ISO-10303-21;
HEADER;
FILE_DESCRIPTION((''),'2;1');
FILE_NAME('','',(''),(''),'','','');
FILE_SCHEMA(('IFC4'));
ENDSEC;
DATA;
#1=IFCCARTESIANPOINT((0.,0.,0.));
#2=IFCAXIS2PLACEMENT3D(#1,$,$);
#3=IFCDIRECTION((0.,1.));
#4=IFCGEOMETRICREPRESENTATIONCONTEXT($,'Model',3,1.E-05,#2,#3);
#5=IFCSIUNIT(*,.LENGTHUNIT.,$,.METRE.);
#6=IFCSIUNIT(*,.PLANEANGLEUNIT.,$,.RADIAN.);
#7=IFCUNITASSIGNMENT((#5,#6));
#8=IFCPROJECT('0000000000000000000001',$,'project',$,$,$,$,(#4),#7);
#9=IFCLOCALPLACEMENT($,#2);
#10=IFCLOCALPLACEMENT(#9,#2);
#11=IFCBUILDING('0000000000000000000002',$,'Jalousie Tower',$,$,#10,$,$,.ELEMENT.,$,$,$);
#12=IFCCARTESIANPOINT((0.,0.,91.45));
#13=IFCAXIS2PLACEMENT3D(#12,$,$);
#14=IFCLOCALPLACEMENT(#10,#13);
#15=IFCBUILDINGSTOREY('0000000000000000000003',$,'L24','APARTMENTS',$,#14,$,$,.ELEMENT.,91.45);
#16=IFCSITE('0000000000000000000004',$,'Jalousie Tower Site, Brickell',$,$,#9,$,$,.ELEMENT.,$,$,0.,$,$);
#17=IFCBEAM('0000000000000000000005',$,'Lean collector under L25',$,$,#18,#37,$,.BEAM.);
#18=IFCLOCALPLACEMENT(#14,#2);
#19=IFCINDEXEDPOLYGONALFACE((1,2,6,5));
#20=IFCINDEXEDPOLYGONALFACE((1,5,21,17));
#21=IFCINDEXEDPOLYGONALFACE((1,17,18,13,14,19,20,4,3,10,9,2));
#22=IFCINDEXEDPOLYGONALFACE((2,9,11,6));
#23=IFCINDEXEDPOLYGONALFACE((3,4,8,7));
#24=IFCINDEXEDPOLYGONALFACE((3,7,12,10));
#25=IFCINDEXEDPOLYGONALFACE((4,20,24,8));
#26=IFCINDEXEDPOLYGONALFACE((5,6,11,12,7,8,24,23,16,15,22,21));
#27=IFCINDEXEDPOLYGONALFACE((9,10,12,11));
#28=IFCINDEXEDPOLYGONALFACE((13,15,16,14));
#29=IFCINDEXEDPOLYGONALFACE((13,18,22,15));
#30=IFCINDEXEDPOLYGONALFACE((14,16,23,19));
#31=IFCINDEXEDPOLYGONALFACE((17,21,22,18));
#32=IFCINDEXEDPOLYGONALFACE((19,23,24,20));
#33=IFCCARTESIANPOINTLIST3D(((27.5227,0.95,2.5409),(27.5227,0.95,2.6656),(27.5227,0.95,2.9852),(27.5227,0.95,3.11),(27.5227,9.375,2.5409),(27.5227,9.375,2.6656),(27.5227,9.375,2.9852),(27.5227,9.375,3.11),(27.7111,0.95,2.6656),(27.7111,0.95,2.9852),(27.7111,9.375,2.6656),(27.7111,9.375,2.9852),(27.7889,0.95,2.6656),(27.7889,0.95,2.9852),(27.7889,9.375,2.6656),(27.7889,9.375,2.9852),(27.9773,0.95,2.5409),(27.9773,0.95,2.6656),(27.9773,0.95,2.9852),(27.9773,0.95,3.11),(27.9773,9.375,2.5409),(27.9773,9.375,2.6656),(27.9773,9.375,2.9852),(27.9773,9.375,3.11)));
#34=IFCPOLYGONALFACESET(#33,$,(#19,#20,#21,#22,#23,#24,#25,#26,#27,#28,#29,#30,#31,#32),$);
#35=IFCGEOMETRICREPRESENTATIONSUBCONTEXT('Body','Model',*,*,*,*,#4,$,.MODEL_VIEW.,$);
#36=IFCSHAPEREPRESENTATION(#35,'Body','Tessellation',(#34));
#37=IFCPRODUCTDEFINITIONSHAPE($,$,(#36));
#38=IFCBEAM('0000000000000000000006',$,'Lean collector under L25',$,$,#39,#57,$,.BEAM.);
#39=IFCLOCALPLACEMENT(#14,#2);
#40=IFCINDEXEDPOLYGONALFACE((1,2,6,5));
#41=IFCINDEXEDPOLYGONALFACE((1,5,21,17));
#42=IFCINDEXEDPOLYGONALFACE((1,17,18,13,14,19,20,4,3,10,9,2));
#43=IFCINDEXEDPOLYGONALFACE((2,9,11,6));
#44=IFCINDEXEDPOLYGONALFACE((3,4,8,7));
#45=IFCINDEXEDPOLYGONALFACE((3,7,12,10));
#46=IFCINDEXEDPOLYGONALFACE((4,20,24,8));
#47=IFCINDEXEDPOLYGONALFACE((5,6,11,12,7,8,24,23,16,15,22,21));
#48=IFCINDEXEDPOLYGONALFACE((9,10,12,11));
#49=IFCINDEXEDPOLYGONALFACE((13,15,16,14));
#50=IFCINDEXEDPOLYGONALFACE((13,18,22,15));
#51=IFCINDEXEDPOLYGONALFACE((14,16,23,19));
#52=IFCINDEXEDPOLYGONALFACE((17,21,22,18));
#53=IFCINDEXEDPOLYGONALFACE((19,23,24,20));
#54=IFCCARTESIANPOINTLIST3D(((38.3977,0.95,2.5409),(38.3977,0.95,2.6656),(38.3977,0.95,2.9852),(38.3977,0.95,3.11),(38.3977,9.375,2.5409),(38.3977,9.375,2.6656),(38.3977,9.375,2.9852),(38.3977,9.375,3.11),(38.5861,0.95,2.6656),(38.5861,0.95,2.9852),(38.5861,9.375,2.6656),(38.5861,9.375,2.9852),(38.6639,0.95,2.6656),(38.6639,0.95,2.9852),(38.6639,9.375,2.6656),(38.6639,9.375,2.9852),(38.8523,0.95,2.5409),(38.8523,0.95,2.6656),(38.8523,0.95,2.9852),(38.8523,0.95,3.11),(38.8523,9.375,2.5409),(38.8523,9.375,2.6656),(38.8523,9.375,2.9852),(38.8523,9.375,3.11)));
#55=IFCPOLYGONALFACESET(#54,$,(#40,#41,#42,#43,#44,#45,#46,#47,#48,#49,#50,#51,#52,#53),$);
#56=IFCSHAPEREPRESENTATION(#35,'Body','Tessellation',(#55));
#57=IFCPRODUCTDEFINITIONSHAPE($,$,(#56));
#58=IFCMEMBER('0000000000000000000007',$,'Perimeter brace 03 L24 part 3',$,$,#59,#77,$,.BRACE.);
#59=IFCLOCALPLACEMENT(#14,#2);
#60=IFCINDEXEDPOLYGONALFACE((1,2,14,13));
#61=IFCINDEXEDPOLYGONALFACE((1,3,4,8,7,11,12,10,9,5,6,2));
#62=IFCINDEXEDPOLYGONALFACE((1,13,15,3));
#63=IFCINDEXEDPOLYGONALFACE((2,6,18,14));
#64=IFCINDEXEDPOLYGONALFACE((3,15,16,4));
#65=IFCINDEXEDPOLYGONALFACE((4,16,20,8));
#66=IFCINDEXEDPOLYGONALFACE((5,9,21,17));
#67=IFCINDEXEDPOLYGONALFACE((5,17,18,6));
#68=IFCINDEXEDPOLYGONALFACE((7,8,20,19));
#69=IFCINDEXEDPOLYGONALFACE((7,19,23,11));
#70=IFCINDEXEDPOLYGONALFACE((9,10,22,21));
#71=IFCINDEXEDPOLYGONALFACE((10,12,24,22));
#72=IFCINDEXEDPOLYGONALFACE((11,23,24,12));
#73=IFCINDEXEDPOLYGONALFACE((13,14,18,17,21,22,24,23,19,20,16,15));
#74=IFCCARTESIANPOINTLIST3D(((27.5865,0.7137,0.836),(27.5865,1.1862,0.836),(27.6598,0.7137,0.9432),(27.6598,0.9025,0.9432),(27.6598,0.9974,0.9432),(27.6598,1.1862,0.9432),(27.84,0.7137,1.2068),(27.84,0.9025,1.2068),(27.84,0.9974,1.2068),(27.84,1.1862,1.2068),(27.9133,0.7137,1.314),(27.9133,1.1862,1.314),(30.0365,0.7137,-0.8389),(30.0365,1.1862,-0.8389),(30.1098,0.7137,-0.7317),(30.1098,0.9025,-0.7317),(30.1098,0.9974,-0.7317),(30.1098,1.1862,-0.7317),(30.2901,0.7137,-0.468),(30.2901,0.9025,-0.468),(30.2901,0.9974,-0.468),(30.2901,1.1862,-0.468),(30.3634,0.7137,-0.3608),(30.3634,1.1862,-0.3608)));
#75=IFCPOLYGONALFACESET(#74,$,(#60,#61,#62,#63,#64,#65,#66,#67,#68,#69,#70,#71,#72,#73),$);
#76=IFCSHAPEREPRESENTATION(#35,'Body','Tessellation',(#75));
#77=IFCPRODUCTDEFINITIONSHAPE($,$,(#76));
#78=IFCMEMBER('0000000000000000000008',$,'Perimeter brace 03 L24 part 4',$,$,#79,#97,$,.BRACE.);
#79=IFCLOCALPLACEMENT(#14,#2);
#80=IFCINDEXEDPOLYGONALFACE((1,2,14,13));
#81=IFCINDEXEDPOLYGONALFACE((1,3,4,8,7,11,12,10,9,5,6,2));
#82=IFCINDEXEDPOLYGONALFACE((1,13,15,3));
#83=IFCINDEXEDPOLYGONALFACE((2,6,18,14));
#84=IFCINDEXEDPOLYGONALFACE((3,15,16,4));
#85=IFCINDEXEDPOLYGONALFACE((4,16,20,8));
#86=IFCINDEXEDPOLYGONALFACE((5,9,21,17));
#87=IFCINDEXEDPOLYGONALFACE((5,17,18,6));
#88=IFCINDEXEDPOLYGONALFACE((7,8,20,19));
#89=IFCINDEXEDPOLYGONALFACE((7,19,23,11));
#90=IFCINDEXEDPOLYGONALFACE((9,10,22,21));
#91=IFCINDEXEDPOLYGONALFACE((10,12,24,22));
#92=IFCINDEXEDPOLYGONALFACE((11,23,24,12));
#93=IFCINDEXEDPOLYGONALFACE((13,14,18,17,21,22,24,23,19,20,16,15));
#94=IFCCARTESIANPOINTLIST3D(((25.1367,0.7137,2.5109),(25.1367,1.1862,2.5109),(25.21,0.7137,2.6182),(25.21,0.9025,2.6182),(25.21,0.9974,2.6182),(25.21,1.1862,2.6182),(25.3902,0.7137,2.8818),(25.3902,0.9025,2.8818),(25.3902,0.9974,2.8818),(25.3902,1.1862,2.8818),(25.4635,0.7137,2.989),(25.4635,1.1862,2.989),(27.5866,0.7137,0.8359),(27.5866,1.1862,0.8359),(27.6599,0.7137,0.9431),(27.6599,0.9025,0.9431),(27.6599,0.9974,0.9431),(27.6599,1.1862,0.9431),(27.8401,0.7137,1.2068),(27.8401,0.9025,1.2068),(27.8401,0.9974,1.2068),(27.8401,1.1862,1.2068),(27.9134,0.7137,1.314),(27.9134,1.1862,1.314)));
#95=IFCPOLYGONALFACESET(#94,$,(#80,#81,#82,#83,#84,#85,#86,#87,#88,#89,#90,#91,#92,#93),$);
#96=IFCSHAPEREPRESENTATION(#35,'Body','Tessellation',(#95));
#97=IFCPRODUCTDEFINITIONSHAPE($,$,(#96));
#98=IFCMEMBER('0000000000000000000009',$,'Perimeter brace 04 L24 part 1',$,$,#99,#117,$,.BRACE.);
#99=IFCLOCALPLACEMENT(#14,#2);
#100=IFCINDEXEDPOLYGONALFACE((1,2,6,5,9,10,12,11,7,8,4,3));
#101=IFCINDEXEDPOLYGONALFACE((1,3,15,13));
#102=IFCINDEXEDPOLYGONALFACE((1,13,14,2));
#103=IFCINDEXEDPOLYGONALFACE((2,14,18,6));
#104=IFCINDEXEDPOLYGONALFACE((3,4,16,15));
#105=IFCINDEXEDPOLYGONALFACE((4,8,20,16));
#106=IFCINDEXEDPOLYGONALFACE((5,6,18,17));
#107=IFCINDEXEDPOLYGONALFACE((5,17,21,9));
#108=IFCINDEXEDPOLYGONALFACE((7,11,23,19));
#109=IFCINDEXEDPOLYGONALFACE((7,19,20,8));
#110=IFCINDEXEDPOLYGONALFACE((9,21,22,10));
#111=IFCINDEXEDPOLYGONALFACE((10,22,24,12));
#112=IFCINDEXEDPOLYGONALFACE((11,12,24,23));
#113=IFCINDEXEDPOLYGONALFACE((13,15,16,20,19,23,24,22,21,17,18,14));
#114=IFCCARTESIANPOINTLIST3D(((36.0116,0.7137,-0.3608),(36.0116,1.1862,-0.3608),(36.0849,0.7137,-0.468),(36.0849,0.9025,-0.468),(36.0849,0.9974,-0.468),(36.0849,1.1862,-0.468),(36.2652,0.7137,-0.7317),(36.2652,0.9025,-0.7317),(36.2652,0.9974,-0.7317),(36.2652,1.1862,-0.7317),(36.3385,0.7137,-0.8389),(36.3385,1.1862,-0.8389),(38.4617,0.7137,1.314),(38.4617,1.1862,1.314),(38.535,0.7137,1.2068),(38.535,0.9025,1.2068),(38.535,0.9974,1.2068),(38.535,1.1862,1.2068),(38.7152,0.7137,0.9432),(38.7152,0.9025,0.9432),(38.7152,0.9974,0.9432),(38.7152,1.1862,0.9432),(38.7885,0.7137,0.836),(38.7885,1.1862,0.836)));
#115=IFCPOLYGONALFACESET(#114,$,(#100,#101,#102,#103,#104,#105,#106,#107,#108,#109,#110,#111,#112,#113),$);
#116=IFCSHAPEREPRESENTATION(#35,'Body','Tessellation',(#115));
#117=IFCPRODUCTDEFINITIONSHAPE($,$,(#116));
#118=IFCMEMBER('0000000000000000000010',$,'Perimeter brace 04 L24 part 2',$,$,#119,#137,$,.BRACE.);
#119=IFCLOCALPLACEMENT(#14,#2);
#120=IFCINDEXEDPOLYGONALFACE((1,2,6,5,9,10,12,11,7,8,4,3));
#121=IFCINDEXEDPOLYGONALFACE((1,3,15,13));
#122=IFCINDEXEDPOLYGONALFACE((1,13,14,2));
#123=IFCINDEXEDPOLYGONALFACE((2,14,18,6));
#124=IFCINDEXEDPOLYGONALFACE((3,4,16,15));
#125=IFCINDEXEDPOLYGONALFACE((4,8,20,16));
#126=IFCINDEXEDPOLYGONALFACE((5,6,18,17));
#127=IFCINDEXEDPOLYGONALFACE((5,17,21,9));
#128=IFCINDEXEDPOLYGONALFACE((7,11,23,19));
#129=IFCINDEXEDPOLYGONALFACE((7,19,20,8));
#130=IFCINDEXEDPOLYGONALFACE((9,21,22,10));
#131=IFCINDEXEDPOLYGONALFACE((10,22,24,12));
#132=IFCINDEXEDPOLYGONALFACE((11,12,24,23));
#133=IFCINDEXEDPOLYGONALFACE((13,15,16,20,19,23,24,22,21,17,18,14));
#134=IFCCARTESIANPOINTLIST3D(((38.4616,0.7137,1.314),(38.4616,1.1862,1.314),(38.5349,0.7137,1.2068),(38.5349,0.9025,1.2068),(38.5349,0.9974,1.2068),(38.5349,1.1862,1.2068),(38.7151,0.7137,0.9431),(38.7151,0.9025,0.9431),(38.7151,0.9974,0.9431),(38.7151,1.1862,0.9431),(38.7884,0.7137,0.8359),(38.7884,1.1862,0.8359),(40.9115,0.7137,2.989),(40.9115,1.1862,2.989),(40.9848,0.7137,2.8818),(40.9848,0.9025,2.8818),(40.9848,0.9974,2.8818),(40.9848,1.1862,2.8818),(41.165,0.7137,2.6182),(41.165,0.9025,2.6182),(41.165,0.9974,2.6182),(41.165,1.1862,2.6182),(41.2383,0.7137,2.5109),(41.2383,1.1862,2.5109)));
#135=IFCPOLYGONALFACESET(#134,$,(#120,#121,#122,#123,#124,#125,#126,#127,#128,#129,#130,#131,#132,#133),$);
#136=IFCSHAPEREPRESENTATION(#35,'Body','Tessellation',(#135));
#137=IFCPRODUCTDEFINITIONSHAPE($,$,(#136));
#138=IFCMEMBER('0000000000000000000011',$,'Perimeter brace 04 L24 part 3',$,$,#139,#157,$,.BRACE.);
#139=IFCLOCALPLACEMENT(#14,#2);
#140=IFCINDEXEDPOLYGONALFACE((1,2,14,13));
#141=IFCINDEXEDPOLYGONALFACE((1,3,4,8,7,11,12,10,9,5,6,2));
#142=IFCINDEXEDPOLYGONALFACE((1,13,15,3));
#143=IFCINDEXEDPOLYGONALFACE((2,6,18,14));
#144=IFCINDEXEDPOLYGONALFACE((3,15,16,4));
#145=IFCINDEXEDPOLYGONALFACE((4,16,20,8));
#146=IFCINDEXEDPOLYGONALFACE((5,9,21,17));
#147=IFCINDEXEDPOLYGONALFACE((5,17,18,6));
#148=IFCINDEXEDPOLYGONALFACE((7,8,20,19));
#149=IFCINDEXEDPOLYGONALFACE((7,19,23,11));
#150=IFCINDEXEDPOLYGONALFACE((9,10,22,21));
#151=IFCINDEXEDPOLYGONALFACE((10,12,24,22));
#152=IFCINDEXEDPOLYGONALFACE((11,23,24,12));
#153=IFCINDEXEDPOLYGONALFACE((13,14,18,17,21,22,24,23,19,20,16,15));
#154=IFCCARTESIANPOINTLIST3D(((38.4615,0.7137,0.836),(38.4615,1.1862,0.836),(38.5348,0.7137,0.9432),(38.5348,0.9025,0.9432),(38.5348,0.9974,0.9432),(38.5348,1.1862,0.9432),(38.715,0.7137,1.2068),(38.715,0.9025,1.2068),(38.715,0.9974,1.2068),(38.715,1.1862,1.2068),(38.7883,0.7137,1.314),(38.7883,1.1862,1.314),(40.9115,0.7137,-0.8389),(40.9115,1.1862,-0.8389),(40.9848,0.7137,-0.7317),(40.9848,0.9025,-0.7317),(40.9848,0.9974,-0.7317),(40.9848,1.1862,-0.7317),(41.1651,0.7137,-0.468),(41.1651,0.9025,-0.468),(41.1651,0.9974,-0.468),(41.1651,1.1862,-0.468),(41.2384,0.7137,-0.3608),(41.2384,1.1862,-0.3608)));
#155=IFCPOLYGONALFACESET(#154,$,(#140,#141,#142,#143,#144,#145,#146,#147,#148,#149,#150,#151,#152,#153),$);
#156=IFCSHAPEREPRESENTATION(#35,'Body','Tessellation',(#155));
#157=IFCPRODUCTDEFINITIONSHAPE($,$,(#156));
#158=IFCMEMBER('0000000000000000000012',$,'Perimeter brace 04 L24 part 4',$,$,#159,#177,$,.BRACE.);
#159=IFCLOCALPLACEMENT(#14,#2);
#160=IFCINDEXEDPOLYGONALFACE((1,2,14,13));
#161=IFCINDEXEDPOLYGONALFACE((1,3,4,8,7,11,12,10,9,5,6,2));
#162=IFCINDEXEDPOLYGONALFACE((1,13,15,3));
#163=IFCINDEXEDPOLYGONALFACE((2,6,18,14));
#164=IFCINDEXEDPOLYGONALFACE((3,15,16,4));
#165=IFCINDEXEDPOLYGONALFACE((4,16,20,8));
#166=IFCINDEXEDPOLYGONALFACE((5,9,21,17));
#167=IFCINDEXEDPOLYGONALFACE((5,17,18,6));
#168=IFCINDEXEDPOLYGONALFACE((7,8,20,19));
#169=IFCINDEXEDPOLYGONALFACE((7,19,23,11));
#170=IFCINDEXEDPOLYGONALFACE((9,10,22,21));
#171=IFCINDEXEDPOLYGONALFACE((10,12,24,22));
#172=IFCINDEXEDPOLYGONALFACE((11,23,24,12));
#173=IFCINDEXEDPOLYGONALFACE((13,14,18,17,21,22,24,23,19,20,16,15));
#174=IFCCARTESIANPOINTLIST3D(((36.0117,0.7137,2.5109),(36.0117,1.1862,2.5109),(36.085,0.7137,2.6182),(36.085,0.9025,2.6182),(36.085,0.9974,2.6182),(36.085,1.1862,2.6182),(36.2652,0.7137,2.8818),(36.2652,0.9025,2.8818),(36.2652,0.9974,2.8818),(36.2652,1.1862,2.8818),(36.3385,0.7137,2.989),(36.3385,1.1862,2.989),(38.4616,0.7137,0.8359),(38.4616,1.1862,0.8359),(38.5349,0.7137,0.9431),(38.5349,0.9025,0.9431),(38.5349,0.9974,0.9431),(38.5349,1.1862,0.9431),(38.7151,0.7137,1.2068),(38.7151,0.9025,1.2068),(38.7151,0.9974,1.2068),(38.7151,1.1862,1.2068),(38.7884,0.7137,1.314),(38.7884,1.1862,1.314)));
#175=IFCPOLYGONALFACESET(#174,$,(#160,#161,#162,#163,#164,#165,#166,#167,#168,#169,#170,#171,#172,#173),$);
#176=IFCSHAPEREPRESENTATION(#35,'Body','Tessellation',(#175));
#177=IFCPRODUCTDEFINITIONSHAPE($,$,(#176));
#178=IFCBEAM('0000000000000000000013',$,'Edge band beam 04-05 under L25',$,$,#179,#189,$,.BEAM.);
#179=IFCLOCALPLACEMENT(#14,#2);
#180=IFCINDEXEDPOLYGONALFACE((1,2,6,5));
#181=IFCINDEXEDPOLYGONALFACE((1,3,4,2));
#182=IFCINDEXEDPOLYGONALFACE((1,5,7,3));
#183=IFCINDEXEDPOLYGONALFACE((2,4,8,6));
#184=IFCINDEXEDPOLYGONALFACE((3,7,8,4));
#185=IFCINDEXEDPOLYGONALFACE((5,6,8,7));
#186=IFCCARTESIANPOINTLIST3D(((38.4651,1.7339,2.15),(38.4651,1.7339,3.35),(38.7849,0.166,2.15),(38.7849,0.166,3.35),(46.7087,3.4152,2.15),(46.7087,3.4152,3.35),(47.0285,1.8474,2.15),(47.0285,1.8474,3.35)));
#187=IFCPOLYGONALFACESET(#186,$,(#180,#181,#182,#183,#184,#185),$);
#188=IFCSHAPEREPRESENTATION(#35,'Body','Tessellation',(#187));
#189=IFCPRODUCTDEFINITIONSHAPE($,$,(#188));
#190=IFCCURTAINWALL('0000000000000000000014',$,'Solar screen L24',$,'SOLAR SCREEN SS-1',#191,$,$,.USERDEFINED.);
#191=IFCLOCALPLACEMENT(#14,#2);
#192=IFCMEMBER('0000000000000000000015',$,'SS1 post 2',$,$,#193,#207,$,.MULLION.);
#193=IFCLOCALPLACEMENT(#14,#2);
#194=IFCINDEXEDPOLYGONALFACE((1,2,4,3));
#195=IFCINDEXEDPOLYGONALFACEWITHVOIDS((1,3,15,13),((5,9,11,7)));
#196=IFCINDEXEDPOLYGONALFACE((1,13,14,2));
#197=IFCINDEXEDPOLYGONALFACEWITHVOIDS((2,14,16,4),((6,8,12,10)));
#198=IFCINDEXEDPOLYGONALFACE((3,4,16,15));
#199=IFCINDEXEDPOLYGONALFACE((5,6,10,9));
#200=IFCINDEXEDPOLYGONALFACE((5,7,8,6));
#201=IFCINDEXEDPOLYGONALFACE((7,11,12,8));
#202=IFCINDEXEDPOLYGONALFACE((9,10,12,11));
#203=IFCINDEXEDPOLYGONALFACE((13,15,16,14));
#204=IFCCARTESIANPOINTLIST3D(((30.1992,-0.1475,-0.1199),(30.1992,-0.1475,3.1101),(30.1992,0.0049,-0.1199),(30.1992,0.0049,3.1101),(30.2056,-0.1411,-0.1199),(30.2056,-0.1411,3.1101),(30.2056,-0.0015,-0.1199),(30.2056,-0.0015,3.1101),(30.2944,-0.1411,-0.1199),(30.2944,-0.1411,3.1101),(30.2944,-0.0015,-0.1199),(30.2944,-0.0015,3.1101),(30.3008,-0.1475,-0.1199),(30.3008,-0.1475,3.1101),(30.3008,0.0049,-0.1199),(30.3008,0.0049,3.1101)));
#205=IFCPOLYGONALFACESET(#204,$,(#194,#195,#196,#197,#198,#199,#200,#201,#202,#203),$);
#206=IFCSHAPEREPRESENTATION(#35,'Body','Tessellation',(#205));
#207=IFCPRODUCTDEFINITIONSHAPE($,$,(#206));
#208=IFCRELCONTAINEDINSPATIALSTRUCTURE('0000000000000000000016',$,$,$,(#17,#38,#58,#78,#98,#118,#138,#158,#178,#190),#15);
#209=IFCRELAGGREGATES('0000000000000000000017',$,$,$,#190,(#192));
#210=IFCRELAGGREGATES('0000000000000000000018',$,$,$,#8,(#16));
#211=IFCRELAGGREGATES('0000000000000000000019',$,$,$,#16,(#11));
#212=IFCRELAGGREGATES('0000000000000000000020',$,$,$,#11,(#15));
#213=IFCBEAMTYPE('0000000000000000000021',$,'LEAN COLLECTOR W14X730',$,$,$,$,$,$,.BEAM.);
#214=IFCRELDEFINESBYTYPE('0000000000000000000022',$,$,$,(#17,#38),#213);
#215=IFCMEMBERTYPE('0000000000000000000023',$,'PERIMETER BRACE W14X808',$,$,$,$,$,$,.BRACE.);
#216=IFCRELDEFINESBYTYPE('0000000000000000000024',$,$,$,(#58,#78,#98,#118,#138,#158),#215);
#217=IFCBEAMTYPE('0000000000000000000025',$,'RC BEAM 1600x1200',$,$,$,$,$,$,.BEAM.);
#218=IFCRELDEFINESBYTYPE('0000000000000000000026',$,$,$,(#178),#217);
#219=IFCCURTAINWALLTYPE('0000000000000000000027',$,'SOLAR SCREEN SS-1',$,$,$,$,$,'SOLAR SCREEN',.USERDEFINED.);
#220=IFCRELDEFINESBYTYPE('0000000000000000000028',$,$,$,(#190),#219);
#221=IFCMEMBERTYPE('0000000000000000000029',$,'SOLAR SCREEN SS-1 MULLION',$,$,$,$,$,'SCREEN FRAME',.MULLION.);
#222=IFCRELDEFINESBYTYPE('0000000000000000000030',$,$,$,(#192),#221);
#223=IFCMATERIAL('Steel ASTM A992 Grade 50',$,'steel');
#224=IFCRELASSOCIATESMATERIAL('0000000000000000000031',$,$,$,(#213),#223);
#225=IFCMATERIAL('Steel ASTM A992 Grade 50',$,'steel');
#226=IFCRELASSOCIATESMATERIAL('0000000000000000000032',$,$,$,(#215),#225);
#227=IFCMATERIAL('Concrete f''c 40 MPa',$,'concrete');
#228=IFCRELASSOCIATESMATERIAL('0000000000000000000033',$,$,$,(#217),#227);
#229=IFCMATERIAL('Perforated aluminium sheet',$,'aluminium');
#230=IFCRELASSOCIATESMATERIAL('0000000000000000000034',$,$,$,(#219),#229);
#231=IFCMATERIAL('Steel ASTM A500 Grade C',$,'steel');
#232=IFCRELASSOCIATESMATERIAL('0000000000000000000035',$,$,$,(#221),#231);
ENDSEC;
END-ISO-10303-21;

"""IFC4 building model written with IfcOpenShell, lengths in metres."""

from ifc_helpers import new_model, si_unit, direction, frame, origin, origin_2d, place, context, subcontext, project, spatial, rectangle, hollow_rectangle, i_section, extrude, material, material_profile, profile_set, type_object, element, aggregate, save


model = new_model("IFC4")

# Units and contexts
model_context = context("Model", 3, precision=1e-05, world=origin(), true_north=direction((0.0, 1.0)))
body_context = subcontext(model_context, "Body", "Model", "MODEL_VIEW")
ifc_project = project(units=[si_unit("LENGTHUNIT", "METRE"), si_unit("PLANEANGLEUNIT", "RADIAN")], contexts=[model_context])

# Site, building, storey
site_placement = place(None, origin())
site = spatial("IfcSite", under=ifc_project, at=site_placement, Name="Jalousie Tower Site, Brickell", CompositionType="ELEMENT", RefElevation=0.0)
building_placement = place(site_placement, origin())
building = spatial("IfcBuilding", under=site, at=building_placement, Name="Jalousie Tower", CompositionType="ELEMENT")
storey_placement = place(building_placement, frame((0.0, 0.0, 91.45)))
storey = spatial("IfcBuildingStorey", under=building, at=storey_placement, Name="L24", Description="APARTMENTS", CompositionType="ELEMENT", Elevation=91.45)

# Beams
ifc_material_1 = material(Name="Steel ASTM A992 Grade 50", Category="steel")
ifc_material_profile_1 = material_profile(ifc_material_1, i_section(OverallWidth=0.4546, OverallDepth=0.5691, WebThickness=0.0779, FlangeThickness=0.1248, at=origin_2d()), Name="W14X730")
ifc_profile_set_1 = profile_set([ifc_material_profile_1], Name="Steel ASTM A992 Grade 50")
beam_type_1 = type_object("IfcBeamType", Name="LEAN COLLECTOR W14X730", PredefinedType="BEAM", material=ifc_profile_set_1)
for number, where, z_axis, x_axis, name in (
    (1, (27.75, 0.95, 2.8254), (0.0, 1.0, 0.0), (-1.0, 0.0, 0.0), "Lean collector under L25"),
    (2, (38.625, 0.95, 2.8254), (0.0, 1.0, 0.0), (-1.0, 0.0, 0.0), "Lean collector under L25"),
):
    element("IfcBeam", number, at=place(storey_placement, frame(where, z_axis=z_axis, x_axis=x_axis)), inside=storey, type_object=beam_type_1, Name=name, PredefinedType="BEAM", context=body_context, shape_type="SweptSolid", body=[
        extrude(i_section(OverallWidth=0.4546, OverallDepth=0.5691, WebThickness=0.0779, FlangeThickness=0.1248, at=origin_2d()), origin(), (0.0, 0.0, 1.0), 8.425),
    ])

# Members
ifc_material_2 = material(Name="Steel ASTM A992 Grade 50", Category="steel")
ifc_material_profile_2 = material_profile(ifc_material_2, i_section(OverallWidth=0.4724, OverallDepth=0.5791, WebThickness=0.095, FlangeThickness=0.1299, at=origin_2d()), Name="W14X808")
ifc_profile_set_2 = profile_set([ifc_material_profile_2], Name="Steel ASTM A992 Grade 50")
member_type_1 = type_object("IfcMemberType", Name="PERIMETER BRACE W14X808", PredefinedType="BRACE", material=ifc_profile_set_2)
for number, where, z_axis, x_axis, name in (
    (3, (30.2, 0.95, -0.5999), (-0.825539, 0.0, 0.564345), (0.0, -1.0, 0.0), "Perimeter brace 03 L24 part 3"),
    (4, (27.75, 0.95, 1.075), (-0.825501, 0.0, 0.564401), (0.0, -1.0, 0.0), "Perimeter brace 03 L24 part 4"),
    (5, (36.175, 0.95, -0.5999), (0.825539, 0.0, 0.564345), (0.0, 1.0, 0.0), "Perimeter brace 04 L24 part 1"),
    (6, (38.625, 0.95, 1.075), (0.825501, 0.0, 0.564401), (0.0, 1.0, 0.0), "Perimeter brace 04 L24 part 2"),
    (7, (41.075, 0.95, -0.5999), (-0.825539, 0.0, 0.564345), (0.0, -1.0, 0.0), "Perimeter brace 04 L24 part 3"),
    (8, (38.625, 0.95, 1.075), (-0.825501, 0.0, 0.564401), (0.0, -1.0, 0.0), "Perimeter brace 04 L24 part 4"),
):
    element("IfcMember", number, at=place(storey_placement, frame(where, z_axis=z_axis, x_axis=x_axis)), inside=storey, type_object=member_type_1, Name=name, PredefinedType="BRACE", context=body_context, shape_type="SweptSolid", body=[
        extrude(i_section(OverallWidth=0.4724, OverallDepth=0.5791, WebThickness=0.095, FlangeThickness=0.1299, at=origin_2d()), origin(), (0.0, 0.0, 1.0), 2.9678),
    ])

# Beam
ifc_material_3 = material(Name="Concrete f'c 40 MPa", Category="concrete")
ifc_material_profile_3 = material_profile(ifc_material_3, rectangle(XDim=1.6001, YDim=1.2, at=origin_2d()), Name="RC 1600x1200")
ifc_profile_set_3 = profile_set([ifc_material_profile_3], Name="Concrete f'c 40 MPa")
beam_type_2 = type_object("IfcBeamType", Name="RC BEAM 1600x1200", PredefinedType="BEAM", material=ifc_profile_set_3)
beam_placement = place(storey_placement, frame((38.625, 0.95, 2.75), z_axis=(0.979827, 0.199848, 0.0), x_axis=(-0.199848, 0.979827, 0.0)))
element("IfcBeam", 9, at=beam_placement, inside=storey, type_object=beam_type_2, Name="Edge band beam 04-05 under L25", PredefinedType="BEAM", context=body_context, shape_type="SweptSolid", body=[
    extrude(rectangle(XDim=1.6001, YDim=1.2, at=origin_2d()), origin(), (0.0, 0.0, 1.0), 8.4133),
])

# Curtain wall, member
ifc_material_4 = material(Name="Perforated aluminium sheet", Category="aluminium")
curtain_wall_type = type_object("IfcCurtainWallType", Name="SOLAR SCREEN SS-1", ElementType="SOLAR SCREEN", PredefinedType="USERDEFINED", material=ifc_material_4)
curtain_wall_1_placement = place(storey_placement, origin())
curtain_wall_1 = element("IfcCurtainWall", 10, at=curtain_wall_1_placement, inside=storey, type_object=curtain_wall_type, Name="Solar screen L24", ObjectType="SOLAR SCREEN SS-1", PredefinedType="USERDEFINED")
ifc_material_5 = material(Name="Steel ASTM A500 Grade C", Category="steel")
ifc_material_profile_4 = material_profile(ifc_material_5, hollow_rectangle(XDim=0.1016, YDim=0.1523, WallThickness=0.0063, at=origin_2d()), Name="HSS6X4X1/4")
ifc_profile_set_4 = profile_set([ifc_material_profile_4], Name="Steel ASTM A500 Grade C")
member_type_2 = type_object("IfcMemberType", Name="SOLAR SCREEN SS-1 MULLION", ElementType="SCREEN FRAME", PredefinedType="MULLION", material=ifc_profile_set_4)
member_1_placement = place(storey_placement, frame((30.25, -0.0713, -0.1199), z_axis=(0.0, 0.0, 1.0), x_axis=(1.0, 0.0, 0.0)))
member_1 = element("IfcMember", 11, at=member_1_placement, type_object=member_type_2, Name="SS1 post 2", PredefinedType="MULLION", context=body_context, shape_type="SweptSolid", body=[
    extrude(hollow_rectangle(XDim=0.1016, YDim=0.1523, WallThickness=0.0063, at=origin_2d()), origin(), (0.0, 0.0, 1.0), 3.23),
])
aggregate(curtain_wall_1, [member_1])

save(model, "model.ifc")
